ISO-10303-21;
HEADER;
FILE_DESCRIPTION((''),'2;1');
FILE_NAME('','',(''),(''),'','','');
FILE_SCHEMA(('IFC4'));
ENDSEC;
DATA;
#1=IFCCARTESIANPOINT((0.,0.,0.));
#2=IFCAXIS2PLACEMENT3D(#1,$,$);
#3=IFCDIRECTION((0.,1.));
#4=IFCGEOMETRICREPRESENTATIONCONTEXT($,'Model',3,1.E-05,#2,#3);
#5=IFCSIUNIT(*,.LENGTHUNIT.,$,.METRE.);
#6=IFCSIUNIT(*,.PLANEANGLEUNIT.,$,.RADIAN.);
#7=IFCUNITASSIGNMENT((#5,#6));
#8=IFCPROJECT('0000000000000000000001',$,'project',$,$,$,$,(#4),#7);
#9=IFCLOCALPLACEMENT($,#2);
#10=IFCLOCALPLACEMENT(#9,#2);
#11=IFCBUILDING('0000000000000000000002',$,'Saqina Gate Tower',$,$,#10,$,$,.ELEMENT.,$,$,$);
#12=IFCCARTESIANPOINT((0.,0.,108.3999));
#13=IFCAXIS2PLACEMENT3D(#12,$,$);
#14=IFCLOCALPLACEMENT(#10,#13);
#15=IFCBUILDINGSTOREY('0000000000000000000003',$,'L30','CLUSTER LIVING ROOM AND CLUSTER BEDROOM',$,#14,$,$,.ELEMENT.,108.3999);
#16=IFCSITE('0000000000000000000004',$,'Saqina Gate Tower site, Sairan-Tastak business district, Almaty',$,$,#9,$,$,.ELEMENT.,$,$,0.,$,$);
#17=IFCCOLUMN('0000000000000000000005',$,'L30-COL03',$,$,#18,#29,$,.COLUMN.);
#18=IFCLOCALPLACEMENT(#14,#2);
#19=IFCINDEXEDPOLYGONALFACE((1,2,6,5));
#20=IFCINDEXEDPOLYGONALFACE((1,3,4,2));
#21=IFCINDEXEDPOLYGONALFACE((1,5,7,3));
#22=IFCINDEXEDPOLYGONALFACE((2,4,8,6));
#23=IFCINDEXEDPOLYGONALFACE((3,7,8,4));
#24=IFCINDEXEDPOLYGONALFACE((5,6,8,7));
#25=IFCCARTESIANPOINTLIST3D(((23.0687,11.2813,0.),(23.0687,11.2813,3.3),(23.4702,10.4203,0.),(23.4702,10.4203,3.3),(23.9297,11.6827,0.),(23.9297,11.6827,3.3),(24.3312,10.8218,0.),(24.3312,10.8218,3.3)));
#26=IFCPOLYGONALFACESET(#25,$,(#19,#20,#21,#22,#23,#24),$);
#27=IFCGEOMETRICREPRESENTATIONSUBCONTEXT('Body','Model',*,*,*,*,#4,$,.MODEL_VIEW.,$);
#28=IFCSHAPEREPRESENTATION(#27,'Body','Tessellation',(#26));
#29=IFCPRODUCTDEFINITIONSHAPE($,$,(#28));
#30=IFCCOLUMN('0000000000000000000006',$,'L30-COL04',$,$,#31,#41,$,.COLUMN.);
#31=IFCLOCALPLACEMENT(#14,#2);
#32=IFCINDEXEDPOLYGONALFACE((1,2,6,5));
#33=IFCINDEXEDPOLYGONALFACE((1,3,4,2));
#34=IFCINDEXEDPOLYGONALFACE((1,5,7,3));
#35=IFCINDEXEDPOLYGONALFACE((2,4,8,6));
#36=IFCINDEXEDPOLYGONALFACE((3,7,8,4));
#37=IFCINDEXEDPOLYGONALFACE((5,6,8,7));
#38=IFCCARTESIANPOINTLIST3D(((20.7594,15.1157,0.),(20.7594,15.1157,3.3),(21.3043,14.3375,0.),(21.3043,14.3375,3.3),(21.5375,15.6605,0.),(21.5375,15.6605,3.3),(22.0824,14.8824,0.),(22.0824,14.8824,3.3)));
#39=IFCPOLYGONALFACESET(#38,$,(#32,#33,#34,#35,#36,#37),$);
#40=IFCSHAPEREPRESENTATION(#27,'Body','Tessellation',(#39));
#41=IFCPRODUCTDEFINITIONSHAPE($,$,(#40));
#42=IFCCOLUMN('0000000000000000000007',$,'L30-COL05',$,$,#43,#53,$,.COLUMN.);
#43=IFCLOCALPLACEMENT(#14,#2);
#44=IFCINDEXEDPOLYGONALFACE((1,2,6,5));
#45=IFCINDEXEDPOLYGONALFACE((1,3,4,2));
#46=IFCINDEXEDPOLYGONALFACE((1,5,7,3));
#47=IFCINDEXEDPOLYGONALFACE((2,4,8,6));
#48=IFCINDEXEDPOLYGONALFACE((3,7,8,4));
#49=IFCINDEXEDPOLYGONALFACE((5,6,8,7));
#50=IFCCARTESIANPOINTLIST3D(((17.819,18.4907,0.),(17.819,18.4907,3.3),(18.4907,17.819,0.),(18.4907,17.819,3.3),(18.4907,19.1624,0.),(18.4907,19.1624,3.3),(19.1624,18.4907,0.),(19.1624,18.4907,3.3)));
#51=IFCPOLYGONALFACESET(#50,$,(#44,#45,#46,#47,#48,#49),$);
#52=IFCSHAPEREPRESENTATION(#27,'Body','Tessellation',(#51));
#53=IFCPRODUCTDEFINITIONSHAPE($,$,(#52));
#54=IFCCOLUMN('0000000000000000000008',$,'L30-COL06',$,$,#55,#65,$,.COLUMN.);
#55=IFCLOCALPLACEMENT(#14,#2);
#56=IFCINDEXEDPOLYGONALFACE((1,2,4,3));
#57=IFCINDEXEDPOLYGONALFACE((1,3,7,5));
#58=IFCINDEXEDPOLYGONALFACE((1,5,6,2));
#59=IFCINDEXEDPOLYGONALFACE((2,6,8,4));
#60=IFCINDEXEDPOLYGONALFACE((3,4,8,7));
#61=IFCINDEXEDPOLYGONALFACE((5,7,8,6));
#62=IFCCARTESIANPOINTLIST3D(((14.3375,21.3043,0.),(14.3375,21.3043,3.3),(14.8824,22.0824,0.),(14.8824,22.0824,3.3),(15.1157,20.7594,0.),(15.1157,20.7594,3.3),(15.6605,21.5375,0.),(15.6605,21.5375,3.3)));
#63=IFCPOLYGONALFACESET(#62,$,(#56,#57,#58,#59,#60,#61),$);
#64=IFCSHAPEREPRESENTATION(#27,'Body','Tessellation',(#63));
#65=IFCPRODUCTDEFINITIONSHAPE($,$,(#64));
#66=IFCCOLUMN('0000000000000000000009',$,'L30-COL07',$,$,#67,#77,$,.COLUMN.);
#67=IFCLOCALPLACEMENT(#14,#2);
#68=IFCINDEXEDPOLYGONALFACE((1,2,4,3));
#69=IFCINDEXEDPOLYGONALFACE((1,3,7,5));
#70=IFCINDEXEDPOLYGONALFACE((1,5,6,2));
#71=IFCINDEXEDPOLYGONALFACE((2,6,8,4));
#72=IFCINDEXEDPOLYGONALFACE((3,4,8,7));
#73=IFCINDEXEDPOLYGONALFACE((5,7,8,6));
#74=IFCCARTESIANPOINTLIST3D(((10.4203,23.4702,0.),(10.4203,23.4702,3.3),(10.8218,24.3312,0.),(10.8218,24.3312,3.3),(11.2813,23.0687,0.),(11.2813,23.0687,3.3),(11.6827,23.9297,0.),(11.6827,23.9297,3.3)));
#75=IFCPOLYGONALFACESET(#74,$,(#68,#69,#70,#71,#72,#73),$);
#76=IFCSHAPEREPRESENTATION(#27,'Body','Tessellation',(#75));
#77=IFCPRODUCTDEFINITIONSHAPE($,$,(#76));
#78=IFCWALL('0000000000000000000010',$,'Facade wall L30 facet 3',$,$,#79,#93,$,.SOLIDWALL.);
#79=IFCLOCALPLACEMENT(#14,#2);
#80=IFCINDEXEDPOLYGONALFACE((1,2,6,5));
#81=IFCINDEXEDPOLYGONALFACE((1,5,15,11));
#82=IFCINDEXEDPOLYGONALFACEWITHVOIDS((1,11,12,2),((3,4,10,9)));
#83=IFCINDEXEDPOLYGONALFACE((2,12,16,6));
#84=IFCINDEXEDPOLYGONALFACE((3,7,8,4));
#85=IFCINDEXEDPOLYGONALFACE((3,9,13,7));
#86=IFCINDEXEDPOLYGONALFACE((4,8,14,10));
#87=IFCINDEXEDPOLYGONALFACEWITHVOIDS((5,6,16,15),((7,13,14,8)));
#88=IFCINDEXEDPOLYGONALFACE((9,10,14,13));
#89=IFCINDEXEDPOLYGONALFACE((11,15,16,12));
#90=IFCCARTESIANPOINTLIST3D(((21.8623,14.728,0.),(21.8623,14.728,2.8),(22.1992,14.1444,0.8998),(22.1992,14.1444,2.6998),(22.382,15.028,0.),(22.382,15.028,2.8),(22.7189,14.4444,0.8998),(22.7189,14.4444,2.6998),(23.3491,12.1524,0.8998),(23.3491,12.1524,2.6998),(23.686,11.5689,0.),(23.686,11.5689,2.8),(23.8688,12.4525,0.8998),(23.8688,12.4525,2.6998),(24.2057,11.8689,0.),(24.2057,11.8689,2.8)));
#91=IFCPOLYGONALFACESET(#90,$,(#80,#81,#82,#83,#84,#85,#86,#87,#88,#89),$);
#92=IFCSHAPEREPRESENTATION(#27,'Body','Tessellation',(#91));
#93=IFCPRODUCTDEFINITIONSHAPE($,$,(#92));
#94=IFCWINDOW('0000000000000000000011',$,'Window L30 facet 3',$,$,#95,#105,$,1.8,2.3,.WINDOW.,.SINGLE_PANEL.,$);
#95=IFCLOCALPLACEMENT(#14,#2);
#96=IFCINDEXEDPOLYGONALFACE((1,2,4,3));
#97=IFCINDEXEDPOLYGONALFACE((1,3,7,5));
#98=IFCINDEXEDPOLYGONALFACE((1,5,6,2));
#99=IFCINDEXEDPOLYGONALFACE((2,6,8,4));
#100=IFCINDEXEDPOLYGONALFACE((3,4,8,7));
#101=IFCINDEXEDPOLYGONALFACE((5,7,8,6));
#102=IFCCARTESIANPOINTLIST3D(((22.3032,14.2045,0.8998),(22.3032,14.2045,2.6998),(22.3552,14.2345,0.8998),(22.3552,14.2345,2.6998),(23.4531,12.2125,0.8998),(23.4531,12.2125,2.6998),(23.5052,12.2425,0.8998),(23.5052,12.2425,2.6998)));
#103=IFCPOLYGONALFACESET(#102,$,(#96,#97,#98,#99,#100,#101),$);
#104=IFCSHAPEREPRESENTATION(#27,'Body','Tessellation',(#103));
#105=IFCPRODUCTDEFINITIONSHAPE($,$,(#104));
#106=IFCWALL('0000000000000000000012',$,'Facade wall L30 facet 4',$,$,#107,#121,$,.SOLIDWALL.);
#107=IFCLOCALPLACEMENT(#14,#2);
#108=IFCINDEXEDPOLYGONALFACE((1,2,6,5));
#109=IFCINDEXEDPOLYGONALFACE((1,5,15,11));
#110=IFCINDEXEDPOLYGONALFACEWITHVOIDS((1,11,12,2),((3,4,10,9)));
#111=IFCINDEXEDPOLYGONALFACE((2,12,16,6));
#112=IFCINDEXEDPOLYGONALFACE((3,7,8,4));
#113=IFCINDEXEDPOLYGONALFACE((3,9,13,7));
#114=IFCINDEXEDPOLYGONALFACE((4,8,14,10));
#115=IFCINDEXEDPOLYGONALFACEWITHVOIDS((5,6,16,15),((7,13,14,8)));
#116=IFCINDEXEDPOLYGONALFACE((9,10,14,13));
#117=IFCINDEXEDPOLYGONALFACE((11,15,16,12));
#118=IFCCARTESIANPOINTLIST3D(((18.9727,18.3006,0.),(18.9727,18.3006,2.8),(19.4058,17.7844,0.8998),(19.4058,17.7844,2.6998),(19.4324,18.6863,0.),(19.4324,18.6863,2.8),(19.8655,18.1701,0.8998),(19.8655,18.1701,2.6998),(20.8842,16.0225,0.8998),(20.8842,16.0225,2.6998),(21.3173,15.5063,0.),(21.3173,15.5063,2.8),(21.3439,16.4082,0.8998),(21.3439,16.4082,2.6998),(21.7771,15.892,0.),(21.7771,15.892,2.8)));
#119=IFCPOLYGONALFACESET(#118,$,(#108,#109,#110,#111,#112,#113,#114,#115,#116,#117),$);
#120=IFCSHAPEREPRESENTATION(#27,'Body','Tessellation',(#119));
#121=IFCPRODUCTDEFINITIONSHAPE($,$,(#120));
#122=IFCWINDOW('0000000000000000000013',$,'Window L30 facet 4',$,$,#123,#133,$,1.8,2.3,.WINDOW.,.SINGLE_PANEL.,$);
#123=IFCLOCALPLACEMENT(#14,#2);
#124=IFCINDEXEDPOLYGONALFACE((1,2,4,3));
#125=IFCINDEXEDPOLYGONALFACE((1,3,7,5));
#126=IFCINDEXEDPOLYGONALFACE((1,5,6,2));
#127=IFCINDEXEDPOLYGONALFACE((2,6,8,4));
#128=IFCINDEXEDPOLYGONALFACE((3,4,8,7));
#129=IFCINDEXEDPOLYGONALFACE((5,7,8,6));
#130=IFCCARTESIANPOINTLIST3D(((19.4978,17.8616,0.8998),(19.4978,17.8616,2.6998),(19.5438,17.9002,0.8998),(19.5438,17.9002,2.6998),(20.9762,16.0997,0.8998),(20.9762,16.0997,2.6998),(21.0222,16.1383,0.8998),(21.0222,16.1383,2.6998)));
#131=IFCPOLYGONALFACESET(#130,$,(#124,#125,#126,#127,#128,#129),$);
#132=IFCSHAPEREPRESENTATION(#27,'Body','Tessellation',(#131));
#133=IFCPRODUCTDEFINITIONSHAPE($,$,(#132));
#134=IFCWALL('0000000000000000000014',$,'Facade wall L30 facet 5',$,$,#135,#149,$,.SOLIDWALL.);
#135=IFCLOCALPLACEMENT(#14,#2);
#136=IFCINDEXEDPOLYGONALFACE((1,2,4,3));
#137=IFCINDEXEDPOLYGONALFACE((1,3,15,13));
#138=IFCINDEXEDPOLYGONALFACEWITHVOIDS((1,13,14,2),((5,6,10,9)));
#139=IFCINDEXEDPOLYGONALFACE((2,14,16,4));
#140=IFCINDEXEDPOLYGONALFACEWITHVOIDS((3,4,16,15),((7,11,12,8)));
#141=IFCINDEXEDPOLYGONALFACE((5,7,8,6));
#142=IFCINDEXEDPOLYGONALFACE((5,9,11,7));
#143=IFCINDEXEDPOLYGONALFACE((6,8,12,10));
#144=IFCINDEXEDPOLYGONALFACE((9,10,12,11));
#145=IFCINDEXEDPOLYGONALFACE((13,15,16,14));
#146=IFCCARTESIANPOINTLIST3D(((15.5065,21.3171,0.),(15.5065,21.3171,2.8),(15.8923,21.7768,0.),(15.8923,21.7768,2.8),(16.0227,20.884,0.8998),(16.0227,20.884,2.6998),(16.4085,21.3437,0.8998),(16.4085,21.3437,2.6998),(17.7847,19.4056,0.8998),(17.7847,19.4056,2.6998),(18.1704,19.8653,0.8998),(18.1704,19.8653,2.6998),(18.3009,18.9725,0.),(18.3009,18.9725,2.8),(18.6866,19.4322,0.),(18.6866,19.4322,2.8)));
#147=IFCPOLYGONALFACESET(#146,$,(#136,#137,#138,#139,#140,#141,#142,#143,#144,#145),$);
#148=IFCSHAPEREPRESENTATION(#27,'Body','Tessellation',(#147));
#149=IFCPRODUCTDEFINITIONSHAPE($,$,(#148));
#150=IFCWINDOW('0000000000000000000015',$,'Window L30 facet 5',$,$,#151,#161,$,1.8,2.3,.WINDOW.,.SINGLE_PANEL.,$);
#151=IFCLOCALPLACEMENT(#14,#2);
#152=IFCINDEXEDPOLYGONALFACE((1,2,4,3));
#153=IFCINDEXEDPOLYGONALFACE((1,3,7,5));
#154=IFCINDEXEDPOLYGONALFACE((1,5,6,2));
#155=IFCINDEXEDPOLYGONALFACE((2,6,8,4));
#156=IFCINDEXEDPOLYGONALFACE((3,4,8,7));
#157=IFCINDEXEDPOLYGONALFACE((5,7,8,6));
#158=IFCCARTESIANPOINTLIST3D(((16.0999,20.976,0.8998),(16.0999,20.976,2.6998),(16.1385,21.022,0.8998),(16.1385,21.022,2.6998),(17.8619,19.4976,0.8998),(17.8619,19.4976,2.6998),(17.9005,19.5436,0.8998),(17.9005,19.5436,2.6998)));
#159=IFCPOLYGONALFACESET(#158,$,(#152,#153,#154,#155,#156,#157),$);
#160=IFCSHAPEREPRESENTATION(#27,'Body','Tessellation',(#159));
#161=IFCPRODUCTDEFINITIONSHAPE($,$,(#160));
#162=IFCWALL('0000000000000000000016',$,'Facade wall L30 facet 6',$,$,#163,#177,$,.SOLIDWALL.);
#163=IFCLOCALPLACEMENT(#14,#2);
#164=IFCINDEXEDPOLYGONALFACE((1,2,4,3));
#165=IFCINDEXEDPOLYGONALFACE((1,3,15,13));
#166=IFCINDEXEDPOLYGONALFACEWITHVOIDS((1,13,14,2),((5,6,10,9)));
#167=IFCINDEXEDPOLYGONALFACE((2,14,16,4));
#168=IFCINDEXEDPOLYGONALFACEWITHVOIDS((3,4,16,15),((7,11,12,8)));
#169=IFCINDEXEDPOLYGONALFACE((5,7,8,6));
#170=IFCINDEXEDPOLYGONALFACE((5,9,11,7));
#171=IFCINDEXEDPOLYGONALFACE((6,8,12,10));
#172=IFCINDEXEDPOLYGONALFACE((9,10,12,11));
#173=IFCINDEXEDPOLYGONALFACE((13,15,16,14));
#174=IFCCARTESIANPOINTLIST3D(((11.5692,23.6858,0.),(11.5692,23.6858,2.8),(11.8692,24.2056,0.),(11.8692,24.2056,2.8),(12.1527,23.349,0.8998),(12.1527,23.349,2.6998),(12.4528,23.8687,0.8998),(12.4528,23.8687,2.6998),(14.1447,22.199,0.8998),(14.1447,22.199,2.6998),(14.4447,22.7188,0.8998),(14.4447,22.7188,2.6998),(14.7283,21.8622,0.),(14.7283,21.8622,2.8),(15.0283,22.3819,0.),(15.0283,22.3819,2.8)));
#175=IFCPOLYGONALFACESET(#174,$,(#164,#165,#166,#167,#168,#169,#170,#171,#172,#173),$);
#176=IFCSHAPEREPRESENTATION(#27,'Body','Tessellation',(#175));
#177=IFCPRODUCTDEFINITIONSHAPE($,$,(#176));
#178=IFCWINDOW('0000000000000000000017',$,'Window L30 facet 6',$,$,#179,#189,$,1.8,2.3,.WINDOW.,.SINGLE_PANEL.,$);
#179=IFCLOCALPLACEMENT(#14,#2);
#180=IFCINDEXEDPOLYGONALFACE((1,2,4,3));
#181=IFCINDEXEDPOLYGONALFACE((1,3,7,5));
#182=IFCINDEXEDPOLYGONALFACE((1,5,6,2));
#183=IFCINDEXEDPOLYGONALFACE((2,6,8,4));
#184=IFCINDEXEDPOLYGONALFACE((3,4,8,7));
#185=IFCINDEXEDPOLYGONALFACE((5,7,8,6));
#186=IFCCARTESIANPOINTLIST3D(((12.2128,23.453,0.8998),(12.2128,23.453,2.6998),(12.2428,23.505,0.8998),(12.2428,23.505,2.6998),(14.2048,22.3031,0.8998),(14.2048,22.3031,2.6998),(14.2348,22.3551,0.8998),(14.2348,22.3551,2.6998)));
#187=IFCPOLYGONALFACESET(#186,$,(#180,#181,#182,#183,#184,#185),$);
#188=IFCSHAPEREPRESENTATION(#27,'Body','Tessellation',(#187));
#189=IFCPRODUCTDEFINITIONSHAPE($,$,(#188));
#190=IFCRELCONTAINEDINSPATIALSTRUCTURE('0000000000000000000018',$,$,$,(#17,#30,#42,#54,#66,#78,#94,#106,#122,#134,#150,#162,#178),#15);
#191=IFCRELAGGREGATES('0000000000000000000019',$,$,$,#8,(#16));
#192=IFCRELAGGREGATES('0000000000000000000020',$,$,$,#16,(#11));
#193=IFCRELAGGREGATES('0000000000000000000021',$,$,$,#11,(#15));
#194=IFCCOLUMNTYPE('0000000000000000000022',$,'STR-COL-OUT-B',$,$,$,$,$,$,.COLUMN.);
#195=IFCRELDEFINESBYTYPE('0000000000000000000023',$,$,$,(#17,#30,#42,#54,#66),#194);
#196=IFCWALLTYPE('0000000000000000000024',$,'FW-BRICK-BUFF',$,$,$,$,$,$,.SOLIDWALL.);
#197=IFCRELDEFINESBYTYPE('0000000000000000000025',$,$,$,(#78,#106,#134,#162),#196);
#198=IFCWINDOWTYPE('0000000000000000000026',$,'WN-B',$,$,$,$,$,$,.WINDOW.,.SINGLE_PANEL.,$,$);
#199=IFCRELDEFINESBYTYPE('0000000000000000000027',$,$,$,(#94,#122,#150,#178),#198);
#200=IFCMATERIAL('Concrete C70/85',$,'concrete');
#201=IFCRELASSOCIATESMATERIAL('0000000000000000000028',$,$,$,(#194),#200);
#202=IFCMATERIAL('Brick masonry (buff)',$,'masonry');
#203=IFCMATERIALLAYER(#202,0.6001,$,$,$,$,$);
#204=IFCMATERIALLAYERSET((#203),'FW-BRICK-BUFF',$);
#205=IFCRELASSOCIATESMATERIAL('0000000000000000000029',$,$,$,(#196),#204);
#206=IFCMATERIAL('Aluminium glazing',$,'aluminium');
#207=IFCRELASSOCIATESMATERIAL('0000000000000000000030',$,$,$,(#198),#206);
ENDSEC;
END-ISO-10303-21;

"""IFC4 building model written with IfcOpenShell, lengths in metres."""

from ifc_helpers import new_model, si_unit, direction, frame, frame_2d, origin, origin_2d, place, context, subcontext, project, spatial, rectangle, extrude, material, layer, layer_set, material_profile, profile_set, type_object, element, fill, save


model = new_model("IFC4")

# Units and contexts
model_context = context("Model", 3, precision=1e-05, world=origin(), true_north=direction((0.0, 1.0)))
body_context = subcontext(model_context, "Body", "Model", "MODEL_VIEW")
ifc_project = project(units=[si_unit("LENGTHUNIT", "METRE"), si_unit("PLANEANGLEUNIT", "RADIAN")], contexts=[model_context])

# Site, building, storey
site_placement = place(None, origin())
site = spatial("IfcSite", under=ifc_project, at=site_placement, Name="Saqina Gate Tower site, Sairan-Tastak business district, Almaty", CompositionType="ELEMENT", RefElevation=0.0)
building_placement = place(site_placement, origin())
building = spatial("IfcBuilding", under=site, at=building_placement, Name="Saqina Gate Tower", CompositionType="ELEMENT")
storey_placement = place(building_placement, frame((0.0, 0.0, 108.3999)))
storey = spatial("IfcBuildingStorey", under=building, at=storey_placement, Name="L30", Description="CLUSTER LIVING ROOM AND CLUSTER BEDROOM", CompositionType="ELEMENT", Elevation=108.3999)

# Columns
ifc_material_1 = material(Name="Concrete C70/85", Category="concrete")
ifc_material_profile = material_profile(ifc_material_1, rectangle(XDim=0.95, YDim=0.95, at=origin_2d()), Name="RC 950x950")
ifc_profile_set = profile_set([ifc_material_profile], Name="Concrete C70/85")
column_type = type_object("IfcColumnType", Name="STR-COL-OUT-B", PredefinedType="COLUMN", material=ifc_profile_set)
for number, where, z_axis, x_axis, name in (
    (1, (23.7, 11.0515, 0.0), (0.0, 0.0, 1.0), (0.906308, 0.422618, 0.0), "L30-COL03"),
    (2, (21.4209, 14.999, 0.0), (0.0, 0.0, 1.0), (0.819152, 0.573576, 0.0), "L30-COL04"),
    (3, (18.4907, 18.4907, 0.0), (0.0, 0.0, 1.0), (0.707107, 0.707107, 0.0), "L30-COL05"),
    (4, (14.999, 21.4209, 0.0), (0.0, 0.0, 1.0), (0.573576, 0.819152, 0.0), "L30-COL06"),
    (5, (11.0515, 23.7, 0.0), (0.0, 0.0, 1.0), (0.422618, 0.906308, 0.0), "L30-COL07"),
):
    element("IfcColumn", number, at=place(storey_placement, frame(where, z_axis=z_axis, x_axis=x_axis)), inside=storey, type_object=column_type, Name=name, PredefinedType="COLUMN", context=body_context, shape_type="SweptSolid", body=[
        extrude(rectangle(XDim=0.95, YDim=0.95, at=origin_2d()), origin(), (0.0, 0.0, 1.0), 3.3),
    ])

# Walls, openings, windows
ifc_material_2 = material(Name="Brick masonry (buff)", Category="masonry")
ifc_layer_1 = layer(ifc_material_2, 0.6001)
ifc_layer_set_1 = layer_set([ifc_layer_1], Name="FW-BRICK-BUFF")
wall_type_1 = type_object("IfcWallType", Name="FW-BRICK-BUFF", PredefinedType="SOLIDWALL", material=ifc_layer_set_1)
wall_1_placement = place(storey_placement, frame((23.9458, 11.719, 0.0), z_axis=(0.0, 0.0, 1.0), x_axis=(-0.499954, 0.866052, 0.0)))
wall_1 = element("IfcWall", 6, at=wall_1_placement, inside=storey, type_object=wall_type_1, Name="Facade wall L30 facet 3", PredefinedType="SOLIDWALL", context=body_context, shape_type="SweptSolid", body=[
    extrude(rectangle(XDim=3.6477, YDim=0.6001, at=frame_2d((1.8237, 0.0))), origin(), (0.0, 0.0, 1.0), 2.8),
])
opening_1_placement = place(wall_1_placement, frame((0.6738, 0.0, 0.8999)))
opening_1 = element("IfcOpeningElement", 7, at=opening_1_placement, cuts=wall_1, PredefinedType="OPENING", context=body_context, shape_type="SweptSolid", body=[
    extrude(rectangle(XDim=2.3, YDim=1.8, at=frame_2d((1.1499, 0.8999))), frame((0.0, 0.312, 0.0), z_axis=(0.0, -1.0, 0.0), x_axis=(1.0, 0.0, 0.0)), (0.0, 0.0, 1.0), 0.624),
])
ifc_material_3 = material(Name="Aluminium glazing", Category="aluminium")
window_type = type_object("IfcWindowType", Name="WN-B", PartitioningType="SINGLE_PANEL", PredefinedType="WINDOW", material=ifc_material_3)
window_1_placement = place(opening_1_placement, origin())
window_1 = element("IfcWindow", 8, at=window_1_placement, inside=storey, type_object=window_type, Name="Window L30 facet 3", OverallHeight=1.8, OverallWidth=2.3, PartitioningType="SINGLE_PANEL", PredefinedType="WINDOW", context=body_context, shape_type="SweptSolid", body=[
    extrude(rectangle(XDim=2.3, YDim=1.8, at=frame_2d((1.1499, 0.8999))), frame((0.0, 0.1799, 0.0), z_axis=(0.0, -1.0, 0.0), x_axis=(1.0, 0.0, 0.0)), (0.0, 0.0, 1.0), 0.0601),
])
fill(opening_1, window_1)
wall_2_placement = place(storey_placement, frame((21.5471, 15.6992, 0.0), z_axis=(0.0, 0.0, 1.0), x_axis=(-0.642774, 0.766055, 0.0)))
wall_2 = element("IfcWall", 9, at=wall_2_placement, inside=storey, type_object=wall_type_1, Name="Facade wall L30 facet 4", PredefinedType="SOLIDWALL", context=body_context, shape_type="SweptSolid", body=[
    extrude(rectangle(XDim=3.6477, YDim=0.6001, at=frame_2d((1.8237, 0.0))), origin(), (0.0, 0.0, 1.0), 2.8),
])
opening_2_placement = place(wall_2_placement, frame((0.6738, 0.0, 0.8999)))
opening_2 = element("IfcOpeningElement", 10, at=opening_2_placement, cuts=wall_2, PredefinedType="OPENING", context=body_context, shape_type="SweptSolid", body=[
    extrude(rectangle(XDim=2.3, YDim=1.8, at=frame_2d((1.1499, 0.8999))), frame((0.0, 0.312, 0.0), z_axis=(0.0, -1.0, 0.0), x_axis=(1.0, 0.0, 0.0)), (0.0, 0.0, 1.0), 0.624),
])
window_2_placement = place(opening_2_placement, origin())
window_2 = element("IfcWindow", 11, at=window_2_placement, inside=storey, type_object=window_type, Name="Window L30 facet 4", OverallHeight=1.8, OverallWidth=2.3, PartitioningType="SINGLE_PANEL", PredefinedType="WINDOW", context=body_context, shape_type="SweptSolid", body=[
    extrude(rectangle(XDim=2.3, YDim=1.8, at=frame_2d((1.1499, 0.8999))), frame((0.0, 0.1799, 0.0), z_axis=(0.0, -1.0, 0.0), x_axis=(1.0, 0.0, 0.0)), (0.0, 0.0, 1.0), 0.0601),
])
fill(opening_2, window_2)
wall_3_placement = place(storey_placement, frame((18.4937, 19.2024, 0.0), z_axis=(0.0, 0.0, 1.0), x_axis=(-0.766055, 0.642774, 0.0)))
wall_3 = element("IfcWall", 12, at=wall_3_placement, inside=storey, type_object=wall_type_1, Name="Facade wall L30 facet 5", PredefinedType="SOLIDWALL", context=body_context, shape_type="SweptSolid", body=[
    extrude(rectangle(XDim=3.6477, YDim=0.6001, at=frame_2d((1.8237, 0.0))), origin(), (0.0, 0.0, 1.0), 2.8),
])
opening_3_placement = place(wall_3_placement, frame((0.6738, 0.0, 0.8999)))
opening_3 = element("IfcOpeningElement", 13, at=opening_3_placement, cuts=wall_3, PredefinedType="OPENING", context=body_context, shape_type="SweptSolid", body=[
    extrude(rectangle(XDim=2.3, YDim=1.8, at=frame_2d((1.1499, 0.8999))), frame((0.0, 0.312, 0.0), z_axis=(0.0, -1.0, 0.0), x_axis=(1.0, 0.0, 0.0)), (0.0, 0.0, 1.0), 0.624),
])
window_3_placement = place(opening_3_placement, origin())
window_3 = element("IfcWindow", 14, at=window_3_placement, inside=storey, type_object=window_type, Name="Window L30 facet 5", OverallHeight=1.8, OverallWidth=2.3, PartitioningType="SINGLE_PANEL", PredefinedType="WINDOW", context=body_context, shape_type="SweptSolid", body=[
    extrude(rectangle(XDim=2.3, YDim=1.8, at=frame_2d((1.1499, 0.8999))), frame((0.0, 0.1799, 0.0), z_axis=(0.0, -1.0, 0.0), x_axis=(1.0, 0.0, 0.0)), (0.0, 0.0, 1.0), 0.0601),
])
fill(opening_3, window_3)
wall_4_placement = place(storey_placement, frame((14.8782, 22.1221, 0.0), z_axis=(0.0, 0.0, 1.0), x_axis=(-0.866052, 0.499954, 0.0)))
wall_4 = element("IfcWall", 15, at=wall_4_placement, inside=storey, type_object=wall_type_1, Name="Facade wall L30 facet 6", PredefinedType="SOLIDWALL", context=body_context, shape_type="SweptSolid", body=[
    extrude(rectangle(XDim=3.6477, YDim=0.6001, at=frame_2d((1.8237, 0.0))), origin(), (0.0, 0.0, 1.0), 2.8),
])
opening_4_placement = place(wall_4_placement, frame((0.6738, 0.0, 0.8999)))
opening_4 = element("IfcOpeningElement", 16, at=opening_4_placement, cuts=wall_4, PredefinedType="OPENING", context=body_context, shape_type="SweptSolid", body=[
    extrude(rectangle(XDim=2.3, YDim=1.8, at=frame_2d((1.1499, 0.8999))), frame((0.0, 0.312, 0.0), z_axis=(0.0, -1.0, 0.0), x_axis=(1.0, 0.0, 0.0)), (0.0, 0.0, 1.0), 0.624),
])
window_4_placement = place(opening_4_placement, origin())
window_4 = element("IfcWindow", 17, at=window_4_placement, inside=storey, type_object=window_type, Name="Window L30 facet 6", OverallHeight=1.8, OverallWidth=2.3, PartitioningType="SINGLE_PANEL", PredefinedType="WINDOW", context=body_context, shape_type="SweptSolid", body=[
    extrude(rectangle(XDim=2.3, YDim=1.8, at=frame_2d((1.1499, 0.8999))), frame((0.0, 0.1799, 0.0), z_axis=(0.0, -1.0, 0.0), x_axis=(1.0, 0.0, 0.0)), (0.0, 0.0, 1.0), 0.0601),
])
fill(opening_4, window_4)

save(model, "model.ifc")
